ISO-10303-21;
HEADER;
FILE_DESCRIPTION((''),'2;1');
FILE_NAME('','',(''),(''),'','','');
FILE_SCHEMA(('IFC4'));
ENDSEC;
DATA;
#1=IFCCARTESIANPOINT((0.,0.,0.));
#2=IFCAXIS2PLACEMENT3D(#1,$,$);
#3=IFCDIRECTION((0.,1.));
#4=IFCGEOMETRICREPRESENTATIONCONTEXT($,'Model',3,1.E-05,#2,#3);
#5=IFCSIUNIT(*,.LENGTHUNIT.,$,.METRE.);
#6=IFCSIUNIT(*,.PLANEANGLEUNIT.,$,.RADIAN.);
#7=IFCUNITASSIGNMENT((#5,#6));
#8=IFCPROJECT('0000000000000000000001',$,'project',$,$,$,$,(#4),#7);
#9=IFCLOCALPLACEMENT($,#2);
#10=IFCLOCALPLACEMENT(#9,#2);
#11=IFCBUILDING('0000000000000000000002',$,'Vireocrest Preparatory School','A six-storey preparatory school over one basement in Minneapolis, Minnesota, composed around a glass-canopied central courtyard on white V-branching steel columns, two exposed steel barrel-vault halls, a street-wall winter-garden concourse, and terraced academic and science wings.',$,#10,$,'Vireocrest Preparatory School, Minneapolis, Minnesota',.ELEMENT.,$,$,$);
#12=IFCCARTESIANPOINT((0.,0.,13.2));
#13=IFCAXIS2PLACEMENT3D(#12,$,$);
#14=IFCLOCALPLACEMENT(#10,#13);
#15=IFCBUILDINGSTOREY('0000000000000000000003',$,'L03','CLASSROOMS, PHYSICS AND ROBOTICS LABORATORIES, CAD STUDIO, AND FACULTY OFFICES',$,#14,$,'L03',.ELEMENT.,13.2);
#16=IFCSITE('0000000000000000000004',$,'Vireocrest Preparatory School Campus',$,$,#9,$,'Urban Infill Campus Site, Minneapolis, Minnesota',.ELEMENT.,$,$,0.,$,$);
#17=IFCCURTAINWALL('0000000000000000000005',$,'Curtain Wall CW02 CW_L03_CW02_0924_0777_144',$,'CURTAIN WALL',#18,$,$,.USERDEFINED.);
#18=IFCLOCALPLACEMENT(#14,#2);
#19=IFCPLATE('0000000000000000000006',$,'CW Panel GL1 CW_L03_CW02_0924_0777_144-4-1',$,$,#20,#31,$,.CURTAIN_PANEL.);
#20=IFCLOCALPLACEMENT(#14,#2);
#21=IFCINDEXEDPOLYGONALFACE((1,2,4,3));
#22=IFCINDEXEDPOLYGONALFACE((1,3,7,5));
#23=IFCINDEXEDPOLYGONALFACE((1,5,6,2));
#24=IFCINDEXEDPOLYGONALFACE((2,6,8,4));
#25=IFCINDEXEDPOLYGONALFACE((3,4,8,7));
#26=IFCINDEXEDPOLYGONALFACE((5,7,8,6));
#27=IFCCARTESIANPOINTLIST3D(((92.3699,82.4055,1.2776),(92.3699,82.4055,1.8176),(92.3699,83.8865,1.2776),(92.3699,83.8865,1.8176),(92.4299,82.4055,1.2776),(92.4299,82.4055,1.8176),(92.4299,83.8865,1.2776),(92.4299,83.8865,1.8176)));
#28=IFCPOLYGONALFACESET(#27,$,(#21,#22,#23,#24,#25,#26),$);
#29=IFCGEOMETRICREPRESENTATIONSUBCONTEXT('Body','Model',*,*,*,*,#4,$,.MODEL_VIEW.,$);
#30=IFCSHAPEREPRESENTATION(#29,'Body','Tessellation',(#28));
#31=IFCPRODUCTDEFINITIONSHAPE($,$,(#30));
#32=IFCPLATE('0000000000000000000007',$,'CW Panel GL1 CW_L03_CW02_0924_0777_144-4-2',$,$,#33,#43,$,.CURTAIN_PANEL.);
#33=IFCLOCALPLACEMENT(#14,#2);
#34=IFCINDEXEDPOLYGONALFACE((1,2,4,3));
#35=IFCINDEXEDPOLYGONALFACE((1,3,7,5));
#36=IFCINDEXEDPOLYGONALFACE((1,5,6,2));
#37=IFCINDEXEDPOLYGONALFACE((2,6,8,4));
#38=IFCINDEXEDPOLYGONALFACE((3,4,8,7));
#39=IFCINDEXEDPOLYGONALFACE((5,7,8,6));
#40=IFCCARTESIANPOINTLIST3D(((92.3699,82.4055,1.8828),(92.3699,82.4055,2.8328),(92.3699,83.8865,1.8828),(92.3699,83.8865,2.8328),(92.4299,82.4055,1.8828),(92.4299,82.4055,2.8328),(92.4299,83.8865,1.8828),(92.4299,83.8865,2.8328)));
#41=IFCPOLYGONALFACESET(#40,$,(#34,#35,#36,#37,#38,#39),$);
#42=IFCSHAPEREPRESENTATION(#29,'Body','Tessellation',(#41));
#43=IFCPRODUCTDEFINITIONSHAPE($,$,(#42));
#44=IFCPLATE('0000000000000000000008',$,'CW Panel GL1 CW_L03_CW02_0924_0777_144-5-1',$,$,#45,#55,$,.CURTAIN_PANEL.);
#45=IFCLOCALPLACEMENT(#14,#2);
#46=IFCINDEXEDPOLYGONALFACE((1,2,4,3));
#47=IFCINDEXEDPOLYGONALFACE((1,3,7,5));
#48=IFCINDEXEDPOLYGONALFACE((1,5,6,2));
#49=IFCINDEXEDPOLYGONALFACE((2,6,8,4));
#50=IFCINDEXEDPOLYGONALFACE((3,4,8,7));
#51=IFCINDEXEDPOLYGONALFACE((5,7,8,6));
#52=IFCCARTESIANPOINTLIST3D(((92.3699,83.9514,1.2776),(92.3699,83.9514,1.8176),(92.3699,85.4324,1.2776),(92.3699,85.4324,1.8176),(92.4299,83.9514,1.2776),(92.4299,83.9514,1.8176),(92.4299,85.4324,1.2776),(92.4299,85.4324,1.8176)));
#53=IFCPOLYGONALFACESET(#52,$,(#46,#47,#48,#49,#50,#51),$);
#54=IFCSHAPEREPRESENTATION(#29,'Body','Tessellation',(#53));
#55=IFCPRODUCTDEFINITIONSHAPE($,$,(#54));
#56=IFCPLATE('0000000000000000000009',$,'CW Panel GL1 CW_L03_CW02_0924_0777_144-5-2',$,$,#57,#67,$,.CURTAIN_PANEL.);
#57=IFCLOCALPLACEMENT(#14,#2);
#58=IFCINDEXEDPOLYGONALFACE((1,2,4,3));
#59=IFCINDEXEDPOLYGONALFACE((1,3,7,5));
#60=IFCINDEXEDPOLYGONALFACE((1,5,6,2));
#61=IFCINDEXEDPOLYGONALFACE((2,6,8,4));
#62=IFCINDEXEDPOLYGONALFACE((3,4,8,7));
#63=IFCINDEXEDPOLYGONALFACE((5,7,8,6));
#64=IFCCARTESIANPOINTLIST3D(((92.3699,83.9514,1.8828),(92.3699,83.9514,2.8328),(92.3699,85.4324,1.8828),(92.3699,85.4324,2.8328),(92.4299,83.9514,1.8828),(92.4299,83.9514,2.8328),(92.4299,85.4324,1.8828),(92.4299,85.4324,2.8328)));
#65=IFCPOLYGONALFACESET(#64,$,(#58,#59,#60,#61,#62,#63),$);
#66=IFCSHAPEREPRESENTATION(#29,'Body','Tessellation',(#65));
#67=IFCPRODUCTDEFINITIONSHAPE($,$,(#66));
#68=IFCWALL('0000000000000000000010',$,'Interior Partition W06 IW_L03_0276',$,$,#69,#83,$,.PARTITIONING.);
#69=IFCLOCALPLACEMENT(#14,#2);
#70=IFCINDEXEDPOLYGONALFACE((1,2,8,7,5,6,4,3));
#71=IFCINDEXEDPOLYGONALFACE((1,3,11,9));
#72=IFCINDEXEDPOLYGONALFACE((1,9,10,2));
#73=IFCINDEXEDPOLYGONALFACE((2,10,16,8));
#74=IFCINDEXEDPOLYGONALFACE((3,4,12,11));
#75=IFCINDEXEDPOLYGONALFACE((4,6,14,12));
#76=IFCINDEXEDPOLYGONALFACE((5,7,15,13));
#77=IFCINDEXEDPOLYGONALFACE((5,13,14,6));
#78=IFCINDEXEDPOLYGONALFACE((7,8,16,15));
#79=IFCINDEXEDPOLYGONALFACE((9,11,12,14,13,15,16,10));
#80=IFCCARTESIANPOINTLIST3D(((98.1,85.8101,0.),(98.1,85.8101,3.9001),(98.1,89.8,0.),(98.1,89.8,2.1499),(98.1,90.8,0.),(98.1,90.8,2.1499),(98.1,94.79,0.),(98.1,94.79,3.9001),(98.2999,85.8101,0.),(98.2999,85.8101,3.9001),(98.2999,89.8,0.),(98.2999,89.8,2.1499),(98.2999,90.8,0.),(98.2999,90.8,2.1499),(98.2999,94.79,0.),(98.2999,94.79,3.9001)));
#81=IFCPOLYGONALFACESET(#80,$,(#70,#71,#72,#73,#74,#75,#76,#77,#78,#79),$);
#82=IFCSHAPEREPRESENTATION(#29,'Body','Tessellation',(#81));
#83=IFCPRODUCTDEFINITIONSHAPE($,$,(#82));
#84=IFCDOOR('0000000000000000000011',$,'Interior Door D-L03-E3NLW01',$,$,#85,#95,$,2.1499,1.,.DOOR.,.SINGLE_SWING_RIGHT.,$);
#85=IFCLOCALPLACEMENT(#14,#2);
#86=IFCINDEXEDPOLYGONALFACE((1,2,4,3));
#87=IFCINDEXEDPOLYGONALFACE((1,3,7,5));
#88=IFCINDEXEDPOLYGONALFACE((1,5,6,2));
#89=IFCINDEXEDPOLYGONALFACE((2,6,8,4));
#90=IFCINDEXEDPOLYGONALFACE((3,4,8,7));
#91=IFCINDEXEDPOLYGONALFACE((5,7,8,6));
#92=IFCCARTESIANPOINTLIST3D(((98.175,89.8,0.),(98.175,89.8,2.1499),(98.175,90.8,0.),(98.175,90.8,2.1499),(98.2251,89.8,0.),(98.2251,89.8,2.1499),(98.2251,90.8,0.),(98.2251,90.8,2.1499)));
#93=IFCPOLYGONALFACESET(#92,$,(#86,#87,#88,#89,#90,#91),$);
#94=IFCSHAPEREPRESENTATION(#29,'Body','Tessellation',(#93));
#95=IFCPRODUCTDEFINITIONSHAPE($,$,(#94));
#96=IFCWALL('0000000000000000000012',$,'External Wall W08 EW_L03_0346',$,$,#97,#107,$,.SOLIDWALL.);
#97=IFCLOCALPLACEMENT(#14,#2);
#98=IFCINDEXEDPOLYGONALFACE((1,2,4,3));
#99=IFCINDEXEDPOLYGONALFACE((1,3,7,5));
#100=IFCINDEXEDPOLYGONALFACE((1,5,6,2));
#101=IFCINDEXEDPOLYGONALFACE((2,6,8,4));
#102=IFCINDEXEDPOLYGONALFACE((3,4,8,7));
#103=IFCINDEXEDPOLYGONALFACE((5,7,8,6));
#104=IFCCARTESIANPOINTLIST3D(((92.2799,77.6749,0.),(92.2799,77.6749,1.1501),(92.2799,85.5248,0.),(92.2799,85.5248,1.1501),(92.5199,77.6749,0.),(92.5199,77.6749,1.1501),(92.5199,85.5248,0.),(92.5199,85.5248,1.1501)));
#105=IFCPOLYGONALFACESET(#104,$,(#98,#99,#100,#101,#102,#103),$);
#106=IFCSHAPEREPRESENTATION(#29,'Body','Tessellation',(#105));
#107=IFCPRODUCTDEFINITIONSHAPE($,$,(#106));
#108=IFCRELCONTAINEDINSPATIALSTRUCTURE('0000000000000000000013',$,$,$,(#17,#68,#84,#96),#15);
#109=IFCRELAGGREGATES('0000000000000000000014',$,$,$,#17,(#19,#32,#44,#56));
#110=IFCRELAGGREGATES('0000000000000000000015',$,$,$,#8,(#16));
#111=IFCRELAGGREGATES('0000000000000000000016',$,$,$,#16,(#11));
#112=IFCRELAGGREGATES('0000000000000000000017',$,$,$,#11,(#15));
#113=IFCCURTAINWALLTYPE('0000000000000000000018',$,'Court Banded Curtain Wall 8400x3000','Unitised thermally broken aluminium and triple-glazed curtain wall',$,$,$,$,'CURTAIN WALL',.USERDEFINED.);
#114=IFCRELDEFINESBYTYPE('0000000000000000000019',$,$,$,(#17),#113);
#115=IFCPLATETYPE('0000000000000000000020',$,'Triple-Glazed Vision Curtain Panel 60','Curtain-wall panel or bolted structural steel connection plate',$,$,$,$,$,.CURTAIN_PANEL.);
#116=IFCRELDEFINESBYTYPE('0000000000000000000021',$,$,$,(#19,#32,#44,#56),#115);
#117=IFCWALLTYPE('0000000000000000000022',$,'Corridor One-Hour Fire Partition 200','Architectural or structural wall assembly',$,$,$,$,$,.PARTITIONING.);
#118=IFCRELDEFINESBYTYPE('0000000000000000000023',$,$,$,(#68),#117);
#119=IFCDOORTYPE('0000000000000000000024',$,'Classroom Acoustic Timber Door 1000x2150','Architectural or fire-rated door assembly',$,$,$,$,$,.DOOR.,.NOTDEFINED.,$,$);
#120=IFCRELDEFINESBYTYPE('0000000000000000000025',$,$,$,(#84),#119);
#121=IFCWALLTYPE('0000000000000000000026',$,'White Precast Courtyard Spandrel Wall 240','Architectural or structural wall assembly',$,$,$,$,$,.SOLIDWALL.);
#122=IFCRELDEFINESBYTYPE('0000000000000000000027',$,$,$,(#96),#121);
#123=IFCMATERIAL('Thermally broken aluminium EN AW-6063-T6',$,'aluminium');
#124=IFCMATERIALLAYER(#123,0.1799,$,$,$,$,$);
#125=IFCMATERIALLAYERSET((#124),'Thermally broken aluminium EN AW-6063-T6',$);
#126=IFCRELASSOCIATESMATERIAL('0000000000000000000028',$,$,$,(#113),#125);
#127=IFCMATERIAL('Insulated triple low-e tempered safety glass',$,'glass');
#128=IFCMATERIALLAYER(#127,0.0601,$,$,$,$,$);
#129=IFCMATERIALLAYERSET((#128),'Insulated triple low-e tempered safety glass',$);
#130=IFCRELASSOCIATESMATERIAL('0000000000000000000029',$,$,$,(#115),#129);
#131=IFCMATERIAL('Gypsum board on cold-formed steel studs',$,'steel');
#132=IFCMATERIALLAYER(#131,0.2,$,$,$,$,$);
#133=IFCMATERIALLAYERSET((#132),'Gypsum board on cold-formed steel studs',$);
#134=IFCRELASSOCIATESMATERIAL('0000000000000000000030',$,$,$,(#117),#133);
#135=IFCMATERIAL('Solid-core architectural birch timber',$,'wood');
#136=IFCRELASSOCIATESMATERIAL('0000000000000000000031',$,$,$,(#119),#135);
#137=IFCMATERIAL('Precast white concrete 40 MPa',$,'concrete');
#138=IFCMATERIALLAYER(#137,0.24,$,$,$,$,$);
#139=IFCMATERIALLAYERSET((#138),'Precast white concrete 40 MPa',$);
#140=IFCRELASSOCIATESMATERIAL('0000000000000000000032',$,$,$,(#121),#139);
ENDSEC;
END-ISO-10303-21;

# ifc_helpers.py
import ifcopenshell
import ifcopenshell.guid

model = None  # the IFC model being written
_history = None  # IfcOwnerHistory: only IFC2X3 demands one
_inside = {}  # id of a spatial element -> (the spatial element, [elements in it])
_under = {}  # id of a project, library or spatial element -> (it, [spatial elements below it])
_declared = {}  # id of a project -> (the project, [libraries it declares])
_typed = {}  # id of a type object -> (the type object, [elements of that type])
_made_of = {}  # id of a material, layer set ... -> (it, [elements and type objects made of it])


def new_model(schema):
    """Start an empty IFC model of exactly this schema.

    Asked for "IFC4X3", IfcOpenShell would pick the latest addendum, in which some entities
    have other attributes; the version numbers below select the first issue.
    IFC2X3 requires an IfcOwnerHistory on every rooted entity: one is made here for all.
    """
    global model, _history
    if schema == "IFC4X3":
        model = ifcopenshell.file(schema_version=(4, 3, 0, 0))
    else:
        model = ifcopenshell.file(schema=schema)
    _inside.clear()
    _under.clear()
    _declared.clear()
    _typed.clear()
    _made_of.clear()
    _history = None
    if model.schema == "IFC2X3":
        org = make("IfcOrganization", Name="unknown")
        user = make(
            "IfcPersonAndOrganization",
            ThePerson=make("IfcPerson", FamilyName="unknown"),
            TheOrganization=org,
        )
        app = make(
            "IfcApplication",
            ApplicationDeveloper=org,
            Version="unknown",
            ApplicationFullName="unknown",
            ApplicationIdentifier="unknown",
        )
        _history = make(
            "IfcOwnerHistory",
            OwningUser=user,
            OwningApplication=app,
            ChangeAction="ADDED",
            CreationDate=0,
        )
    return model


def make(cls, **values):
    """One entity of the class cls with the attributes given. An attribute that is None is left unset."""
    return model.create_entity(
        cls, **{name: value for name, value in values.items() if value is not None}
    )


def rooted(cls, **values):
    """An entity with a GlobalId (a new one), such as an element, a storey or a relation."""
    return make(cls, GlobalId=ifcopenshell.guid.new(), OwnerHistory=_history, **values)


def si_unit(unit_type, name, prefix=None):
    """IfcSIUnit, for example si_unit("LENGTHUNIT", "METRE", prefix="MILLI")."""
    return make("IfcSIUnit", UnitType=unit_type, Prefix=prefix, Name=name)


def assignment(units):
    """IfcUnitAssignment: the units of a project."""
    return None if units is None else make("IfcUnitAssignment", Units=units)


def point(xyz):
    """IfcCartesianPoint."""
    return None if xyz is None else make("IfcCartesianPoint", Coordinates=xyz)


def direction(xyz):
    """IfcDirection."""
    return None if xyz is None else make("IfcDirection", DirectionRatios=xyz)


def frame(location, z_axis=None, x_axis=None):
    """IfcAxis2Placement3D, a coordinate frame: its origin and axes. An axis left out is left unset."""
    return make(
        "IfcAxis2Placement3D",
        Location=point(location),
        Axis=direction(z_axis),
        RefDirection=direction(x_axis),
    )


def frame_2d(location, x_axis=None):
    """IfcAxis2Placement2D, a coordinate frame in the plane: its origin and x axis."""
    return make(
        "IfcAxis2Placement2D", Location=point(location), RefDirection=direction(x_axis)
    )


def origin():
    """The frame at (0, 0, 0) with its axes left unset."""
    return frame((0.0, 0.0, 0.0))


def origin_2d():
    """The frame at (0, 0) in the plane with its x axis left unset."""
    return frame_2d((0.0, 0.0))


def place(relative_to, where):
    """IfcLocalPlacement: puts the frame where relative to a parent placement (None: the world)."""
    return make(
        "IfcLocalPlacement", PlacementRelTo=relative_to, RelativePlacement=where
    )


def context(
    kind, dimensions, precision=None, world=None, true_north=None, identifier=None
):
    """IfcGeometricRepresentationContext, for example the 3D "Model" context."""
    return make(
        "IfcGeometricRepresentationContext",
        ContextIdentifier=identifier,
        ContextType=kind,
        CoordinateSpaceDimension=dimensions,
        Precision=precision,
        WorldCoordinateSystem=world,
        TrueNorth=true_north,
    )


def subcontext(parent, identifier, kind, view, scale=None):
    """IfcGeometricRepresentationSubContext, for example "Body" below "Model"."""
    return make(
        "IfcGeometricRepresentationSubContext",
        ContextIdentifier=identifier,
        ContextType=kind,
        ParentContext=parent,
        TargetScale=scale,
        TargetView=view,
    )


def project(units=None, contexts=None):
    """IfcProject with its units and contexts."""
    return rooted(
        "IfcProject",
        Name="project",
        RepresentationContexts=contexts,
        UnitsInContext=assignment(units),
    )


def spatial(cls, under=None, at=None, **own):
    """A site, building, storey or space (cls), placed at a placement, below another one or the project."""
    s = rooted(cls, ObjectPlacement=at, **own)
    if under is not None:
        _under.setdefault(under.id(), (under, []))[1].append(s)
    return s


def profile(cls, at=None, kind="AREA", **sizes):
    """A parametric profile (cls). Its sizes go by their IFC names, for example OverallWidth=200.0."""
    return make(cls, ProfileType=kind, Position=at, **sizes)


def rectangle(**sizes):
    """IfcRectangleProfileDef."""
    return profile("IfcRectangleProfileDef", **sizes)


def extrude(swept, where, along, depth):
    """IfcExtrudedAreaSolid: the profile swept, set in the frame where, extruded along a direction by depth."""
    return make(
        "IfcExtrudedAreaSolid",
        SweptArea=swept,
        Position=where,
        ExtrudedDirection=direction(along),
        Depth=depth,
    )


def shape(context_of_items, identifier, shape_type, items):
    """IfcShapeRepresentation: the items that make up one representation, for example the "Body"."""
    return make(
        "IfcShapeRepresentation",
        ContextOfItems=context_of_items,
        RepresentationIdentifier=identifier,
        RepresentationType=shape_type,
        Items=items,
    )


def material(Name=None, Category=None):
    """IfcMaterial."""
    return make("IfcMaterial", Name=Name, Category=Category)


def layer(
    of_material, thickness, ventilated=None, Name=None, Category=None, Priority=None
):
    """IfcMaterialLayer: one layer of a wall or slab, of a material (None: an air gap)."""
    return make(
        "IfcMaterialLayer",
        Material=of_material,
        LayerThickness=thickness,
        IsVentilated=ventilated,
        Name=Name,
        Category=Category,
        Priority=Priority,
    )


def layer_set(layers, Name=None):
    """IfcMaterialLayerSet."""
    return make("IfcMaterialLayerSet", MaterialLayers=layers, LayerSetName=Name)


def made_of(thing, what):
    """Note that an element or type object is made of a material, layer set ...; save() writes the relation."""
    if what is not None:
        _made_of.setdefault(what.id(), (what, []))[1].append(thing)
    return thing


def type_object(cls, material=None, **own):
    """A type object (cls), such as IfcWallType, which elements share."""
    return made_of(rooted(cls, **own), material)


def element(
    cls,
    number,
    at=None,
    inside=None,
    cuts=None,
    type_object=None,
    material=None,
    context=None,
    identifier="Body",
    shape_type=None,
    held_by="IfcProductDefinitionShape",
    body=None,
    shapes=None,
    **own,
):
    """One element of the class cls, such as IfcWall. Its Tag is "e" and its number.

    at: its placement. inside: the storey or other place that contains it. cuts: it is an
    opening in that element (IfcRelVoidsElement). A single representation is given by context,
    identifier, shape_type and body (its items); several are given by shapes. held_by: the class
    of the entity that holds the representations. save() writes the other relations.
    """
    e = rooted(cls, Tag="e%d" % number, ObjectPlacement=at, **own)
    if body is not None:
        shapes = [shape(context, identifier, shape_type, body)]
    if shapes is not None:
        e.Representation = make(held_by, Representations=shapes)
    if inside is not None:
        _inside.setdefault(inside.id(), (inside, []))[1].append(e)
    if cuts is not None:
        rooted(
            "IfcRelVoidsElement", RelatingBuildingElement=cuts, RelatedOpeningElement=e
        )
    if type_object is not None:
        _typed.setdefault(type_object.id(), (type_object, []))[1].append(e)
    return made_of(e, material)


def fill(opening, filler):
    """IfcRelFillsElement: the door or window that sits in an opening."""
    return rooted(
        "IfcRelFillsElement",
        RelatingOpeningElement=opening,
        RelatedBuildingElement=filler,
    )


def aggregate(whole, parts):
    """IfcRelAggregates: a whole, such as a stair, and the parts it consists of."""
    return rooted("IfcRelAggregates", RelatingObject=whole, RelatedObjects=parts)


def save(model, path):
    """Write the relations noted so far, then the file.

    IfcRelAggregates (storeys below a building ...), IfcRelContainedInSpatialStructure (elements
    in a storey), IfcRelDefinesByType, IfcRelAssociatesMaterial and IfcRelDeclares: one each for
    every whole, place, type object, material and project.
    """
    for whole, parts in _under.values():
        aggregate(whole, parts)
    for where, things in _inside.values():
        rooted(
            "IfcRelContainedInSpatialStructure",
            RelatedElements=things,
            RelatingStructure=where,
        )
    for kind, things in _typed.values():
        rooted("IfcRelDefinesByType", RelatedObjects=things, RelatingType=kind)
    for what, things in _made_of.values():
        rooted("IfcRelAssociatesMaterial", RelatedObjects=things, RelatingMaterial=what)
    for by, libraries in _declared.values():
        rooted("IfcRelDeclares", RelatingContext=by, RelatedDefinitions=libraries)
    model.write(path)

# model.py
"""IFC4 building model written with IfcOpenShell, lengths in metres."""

from ifc_helpers import new_model, si_unit, direction, frame, frame_2d, origin, origin_2d, place, context, subcontext, project, spatial, rectangle, extrude, material, layer, layer_set, type_object, element, fill, aggregate, save


model = new_model("IFC4")

# Units and contexts
model_context = context("Model", 3, precision=1e-05, world=origin(), true_north=direction((0.0, 1.0)))
body_context = subcontext(model_context, "Body", "Model", "MODEL_VIEW")
ifc_project = project(units=[si_unit("LENGTHUNIT", "METRE"), si_unit("PLANEANGLEUNIT", "RADIAN")], contexts=[model_context])

# Site, building, storey
site_placement = place(None, origin())
site = spatial("IfcSite", under=ifc_project, at=site_placement, Name="Vireocrest Preparatory School Campus", LongName="Urban Infill Campus Site, Minneapolis, Minnesota", CompositionType="ELEMENT", RefElevation=0.0)
building_placement = place(site_placement, origin())
building = spatial("IfcBuilding", under=site, at=building_placement, Name="Vireocrest Preparatory School", Description="A six-storey preparatory school over one basement in Minneapolis, Minnesota, composed around a glass-canopied central courtyard on white V-branching steel columns, two exposed steel barrel-vault halls, a street-wall winter-garden concourse, and terraced academic and science wings.", LongName="Vireocrest Preparatory School, Minneapolis, Minnesota", CompositionType="ELEMENT")
storey_placement = place(building_placement, frame((0.0, 0.0, 13.2)))
storey = spatial("IfcBuildingStorey", under=building, at=storey_placement, Name="L03", Description="CLASSROOMS, PHYSICS AND ROBOTICS LABORATORIES, CAD STUDIO, AND FACULTY OFFICES", LongName="L03", CompositionType="ELEMENT", Elevation=13.2)

# Shared definitions
ifc_material_1 = material(Name="Thermally broken aluminium EN AW-6063-T6", Category="aluminium")
ifc_layer_1 = layer(ifc_material_1, 0.1799)
ifc_layer_set_1 = layer_set([ifc_layer_1], Name="Thermally broken aluminium EN AW-6063-T6")
curtain_wall_type = type_object("IfcCurtainWallType", Name="Court Banded Curtain Wall 8400x3000", Description="Unitised thermally broken aluminium and triple-glazed curtain wall", ElementType="CURTAIN WALL", PredefinedType="USERDEFINED", material=ifc_layer_set_1)

# Curtain wall
curtain_wall_1_placement = place(storey_placement, origin())
curtain_wall_1 = element("IfcCurtainWall", 1, at=curtain_wall_1_placement, inside=storey, type_object=curtain_wall_type, Name="Curtain Wall CW02 CW_L03_CW02_0924_0777_144", ObjectType="CURTAIN WALL", PredefinedType="USERDEFINED")

# Plates
ifc_material_2 = material(Name="Insulated triple low-e tempered safety glass", Category="glass")
ifc_layer_2 = layer(ifc_material_2, 0.0601)
ifc_layer_set_2 = layer_set([ifc_layer_2], Name="Insulated triple low-e tempered safety glass")
plate_type = type_object("IfcPlateType", Name="Triple-Glazed Vision Curtain Panel 60", Description="Curtain-wall panel or bolted structural steel connection plate", PredefinedType="CURTAIN_PANEL", material=ifc_layer_set_2)
plate_1_placement = place(storey_placement, frame((92.3999, 83.146, 1.2776), z_axis=(0.0, 0.0, 1.0), x_axis=(0.0, 1.0, 0.0)))
plate_1 = element("IfcPlate", 2, at=plate_1_placement, type_object=plate_type, Name="CW Panel GL1 CW_L03_CW02_0924_0777_144-4-1", PredefinedType="CURTAIN_PANEL", context=body_context, shape_type="SweptSolid", body=[
    extrude(rectangle(XDim=1.481, YDim=0.0601, at=origin_2d()), origin(), (0.0, 0.0, 1.0), 0.54),
])
plate_2_placement = place(storey_placement, frame((92.3999, 83.146, 1.8828), z_axis=(0.0, 0.0, 1.0), x_axis=(0.0, 1.0, 0.0)))
plate_2 = element("IfcPlate", 3, at=plate_2_placement, type_object=plate_type, Name="CW Panel GL1 CW_L03_CW02_0924_0777_144-4-2", PredefinedType="CURTAIN_PANEL", context=body_context, shape_type="SweptSolid", body=[
    extrude(rectangle(XDim=1.481, YDim=0.0601, at=origin_2d()), origin(), (0.0, 0.0, 1.0), 0.95),
])
plate_3_placement = place(storey_placement, frame((92.3999, 84.6919, 1.2776), z_axis=(0.0, 0.0, 1.0), x_axis=(0.0, 1.0, 0.0)))
plate_3 = element("IfcPlate", 4, at=plate_3_placement, type_object=plate_type, Name="CW Panel GL1 CW_L03_CW02_0924_0777_144-5-1", PredefinedType="CURTAIN_PANEL", context=body_context, shape_type="SweptSolid", body=[
    extrude(rectangle(XDim=1.481, YDim=0.0601, at=origin_2d()), origin(), (0.0, 0.0, 1.0), 0.54),
])
plate_4_placement = place(storey_placement, frame((92.3999, 84.6919, 1.8828), z_axis=(0.0, 0.0, 1.0), x_axis=(0.0, 1.0, 0.0)))
plate_4 = element("IfcPlate", 5, at=plate_4_placement, type_object=plate_type, Name="CW Panel GL1 CW_L03_CW02_0924_0777_144-5-2", PredefinedType="CURTAIN_PANEL", context=body_context, shape_type="SweptSolid", body=[
    extrude(rectangle(XDim=1.481, YDim=0.0601, at=origin_2d()), origin(), (0.0, 0.0, 1.0), 0.95),
])
aggregate(curtain_wall_1, [plate_1, plate_2, plate_3, plate_4])

# Wall, opening, door
ifc_material_3 = material(Name="Gypsum board on cold-formed steel studs", Category="steel")
ifc_layer_3 = layer(ifc_material_3, 0.2)
ifc_layer_set_3 = layer_set([ifc_layer_3], Name="Gypsum board on cold-formed steel studs")
wall_type_1 = type_object("IfcWallType", Name="Corridor One-Hour Fire Partition 200", Description="Architectural or structural wall assembly", PredefinedType="PARTITIONING", material=ifc_layer_set_3)
wall_1_placement = place(storey_placement, frame((98.2, 85.8101, 0.0), z_axis=(0.0, 0.0, 1.0), x_axis=(0.0, 1.0, 0.0)))
wall_1 = element("IfcWall", 6, at=wall_1_placement, inside=storey, type_object=wall_type_1, Name="Interior Partition W06 IW_L03_0276", PredefinedType="PARTITIONING", context=body_context, shape_type="SweptSolid", body=[
    extrude(rectangle(XDim=8.98, YDim=0.2, at=frame_2d((4.49, 0.0))), origin(), (0.0, 0.0, 1.0), 3.9001),
])
opening_placement = place(wall_1_placement, frame((3.99, 0.0, 0.0)))
opening = element("IfcOpeningElement", 7, at=opening_placement, cuts=wall_1, PredefinedType="OPENING", context=body_context, shape_type="SweptSolid", body=[
    extrude(rectangle(XDim=1.0, YDim=2.1499, at=frame_2d((0.5, 1.075))), frame((0.0, 0.1099, 0.0), z_axis=(0.0, -1.0, 0.0), x_axis=(1.0, 0.0, 0.0)), (0.0, 0.0, 1.0), 0.22),
])
ifc_material_4 = material(Name="Solid-core architectural birch timber", Category="wood")
door_type = type_object("IfcDoorType", Name="Classroom Acoustic Timber Door 1000x2150", Description="Architectural or fire-rated door assembly", OperationType="NOTDEFINED", PredefinedType="DOOR", material=ifc_material_4)
door_placement = place(opening_placement, origin())
door = element("IfcDoor", 8, at=door_placement, inside=storey, type_object=door_type, Name="Interior Door D-L03-E3NLW01", OperationType="SINGLE_SWING_RIGHT", OverallHeight=2.1499, OverallWidth=1.0, PredefinedType="DOOR", context=body_context, shape_type="SweptSolid", body=[
    extrude(rectangle(XDim=1.0, YDim=2.1499, at=frame_2d((0.5, 1.075))), frame((0.0, 0.0249, 0.0), z_axis=(0.0, -1.0, 0.0), x_axis=(1.0, 0.0, 0.0)), (0.0, 0.0, 1.0), 0.05),
])
fill(opening, door)

# Wall
ifc_material_5 = material(Name="Precast white concrete 40 MPa", Category="concrete")
ifc_layer_4 = layer(ifc_material_5, 0.24)
ifc_layer_set_4 = layer_set([ifc_layer_4], Name="Precast white concrete 40 MPa")
wall_type_2 = type_object("IfcWallType", Name="White Precast Courtyard Spandrel Wall 240", Description="Architectural or structural wall assembly", PredefinedType="SOLIDWALL", material=ifc_layer_set_4)
wall_2_placement = place(storey_placement, frame((92.3999, 77.675, 0.0), z_axis=(0.0, 0.0, 1.0), x_axis=(0.0, 1.0, 0.0)))
element("IfcWall", 9, at=wall_2_placement, inside=storey, type_object=wall_type_2, Name="External Wall W08 EW_L03_0346", PredefinedType="SOLIDWALL", context=body_context, shape_type="SweptSolid", body=[
    extrude(rectangle(XDim=7.8499, YDim=0.24, at=frame_2d((3.9248, 0.0))), origin(), (0.0, 0.0, 1.0), 1.1501),
])

save(model, "model.ifc")
